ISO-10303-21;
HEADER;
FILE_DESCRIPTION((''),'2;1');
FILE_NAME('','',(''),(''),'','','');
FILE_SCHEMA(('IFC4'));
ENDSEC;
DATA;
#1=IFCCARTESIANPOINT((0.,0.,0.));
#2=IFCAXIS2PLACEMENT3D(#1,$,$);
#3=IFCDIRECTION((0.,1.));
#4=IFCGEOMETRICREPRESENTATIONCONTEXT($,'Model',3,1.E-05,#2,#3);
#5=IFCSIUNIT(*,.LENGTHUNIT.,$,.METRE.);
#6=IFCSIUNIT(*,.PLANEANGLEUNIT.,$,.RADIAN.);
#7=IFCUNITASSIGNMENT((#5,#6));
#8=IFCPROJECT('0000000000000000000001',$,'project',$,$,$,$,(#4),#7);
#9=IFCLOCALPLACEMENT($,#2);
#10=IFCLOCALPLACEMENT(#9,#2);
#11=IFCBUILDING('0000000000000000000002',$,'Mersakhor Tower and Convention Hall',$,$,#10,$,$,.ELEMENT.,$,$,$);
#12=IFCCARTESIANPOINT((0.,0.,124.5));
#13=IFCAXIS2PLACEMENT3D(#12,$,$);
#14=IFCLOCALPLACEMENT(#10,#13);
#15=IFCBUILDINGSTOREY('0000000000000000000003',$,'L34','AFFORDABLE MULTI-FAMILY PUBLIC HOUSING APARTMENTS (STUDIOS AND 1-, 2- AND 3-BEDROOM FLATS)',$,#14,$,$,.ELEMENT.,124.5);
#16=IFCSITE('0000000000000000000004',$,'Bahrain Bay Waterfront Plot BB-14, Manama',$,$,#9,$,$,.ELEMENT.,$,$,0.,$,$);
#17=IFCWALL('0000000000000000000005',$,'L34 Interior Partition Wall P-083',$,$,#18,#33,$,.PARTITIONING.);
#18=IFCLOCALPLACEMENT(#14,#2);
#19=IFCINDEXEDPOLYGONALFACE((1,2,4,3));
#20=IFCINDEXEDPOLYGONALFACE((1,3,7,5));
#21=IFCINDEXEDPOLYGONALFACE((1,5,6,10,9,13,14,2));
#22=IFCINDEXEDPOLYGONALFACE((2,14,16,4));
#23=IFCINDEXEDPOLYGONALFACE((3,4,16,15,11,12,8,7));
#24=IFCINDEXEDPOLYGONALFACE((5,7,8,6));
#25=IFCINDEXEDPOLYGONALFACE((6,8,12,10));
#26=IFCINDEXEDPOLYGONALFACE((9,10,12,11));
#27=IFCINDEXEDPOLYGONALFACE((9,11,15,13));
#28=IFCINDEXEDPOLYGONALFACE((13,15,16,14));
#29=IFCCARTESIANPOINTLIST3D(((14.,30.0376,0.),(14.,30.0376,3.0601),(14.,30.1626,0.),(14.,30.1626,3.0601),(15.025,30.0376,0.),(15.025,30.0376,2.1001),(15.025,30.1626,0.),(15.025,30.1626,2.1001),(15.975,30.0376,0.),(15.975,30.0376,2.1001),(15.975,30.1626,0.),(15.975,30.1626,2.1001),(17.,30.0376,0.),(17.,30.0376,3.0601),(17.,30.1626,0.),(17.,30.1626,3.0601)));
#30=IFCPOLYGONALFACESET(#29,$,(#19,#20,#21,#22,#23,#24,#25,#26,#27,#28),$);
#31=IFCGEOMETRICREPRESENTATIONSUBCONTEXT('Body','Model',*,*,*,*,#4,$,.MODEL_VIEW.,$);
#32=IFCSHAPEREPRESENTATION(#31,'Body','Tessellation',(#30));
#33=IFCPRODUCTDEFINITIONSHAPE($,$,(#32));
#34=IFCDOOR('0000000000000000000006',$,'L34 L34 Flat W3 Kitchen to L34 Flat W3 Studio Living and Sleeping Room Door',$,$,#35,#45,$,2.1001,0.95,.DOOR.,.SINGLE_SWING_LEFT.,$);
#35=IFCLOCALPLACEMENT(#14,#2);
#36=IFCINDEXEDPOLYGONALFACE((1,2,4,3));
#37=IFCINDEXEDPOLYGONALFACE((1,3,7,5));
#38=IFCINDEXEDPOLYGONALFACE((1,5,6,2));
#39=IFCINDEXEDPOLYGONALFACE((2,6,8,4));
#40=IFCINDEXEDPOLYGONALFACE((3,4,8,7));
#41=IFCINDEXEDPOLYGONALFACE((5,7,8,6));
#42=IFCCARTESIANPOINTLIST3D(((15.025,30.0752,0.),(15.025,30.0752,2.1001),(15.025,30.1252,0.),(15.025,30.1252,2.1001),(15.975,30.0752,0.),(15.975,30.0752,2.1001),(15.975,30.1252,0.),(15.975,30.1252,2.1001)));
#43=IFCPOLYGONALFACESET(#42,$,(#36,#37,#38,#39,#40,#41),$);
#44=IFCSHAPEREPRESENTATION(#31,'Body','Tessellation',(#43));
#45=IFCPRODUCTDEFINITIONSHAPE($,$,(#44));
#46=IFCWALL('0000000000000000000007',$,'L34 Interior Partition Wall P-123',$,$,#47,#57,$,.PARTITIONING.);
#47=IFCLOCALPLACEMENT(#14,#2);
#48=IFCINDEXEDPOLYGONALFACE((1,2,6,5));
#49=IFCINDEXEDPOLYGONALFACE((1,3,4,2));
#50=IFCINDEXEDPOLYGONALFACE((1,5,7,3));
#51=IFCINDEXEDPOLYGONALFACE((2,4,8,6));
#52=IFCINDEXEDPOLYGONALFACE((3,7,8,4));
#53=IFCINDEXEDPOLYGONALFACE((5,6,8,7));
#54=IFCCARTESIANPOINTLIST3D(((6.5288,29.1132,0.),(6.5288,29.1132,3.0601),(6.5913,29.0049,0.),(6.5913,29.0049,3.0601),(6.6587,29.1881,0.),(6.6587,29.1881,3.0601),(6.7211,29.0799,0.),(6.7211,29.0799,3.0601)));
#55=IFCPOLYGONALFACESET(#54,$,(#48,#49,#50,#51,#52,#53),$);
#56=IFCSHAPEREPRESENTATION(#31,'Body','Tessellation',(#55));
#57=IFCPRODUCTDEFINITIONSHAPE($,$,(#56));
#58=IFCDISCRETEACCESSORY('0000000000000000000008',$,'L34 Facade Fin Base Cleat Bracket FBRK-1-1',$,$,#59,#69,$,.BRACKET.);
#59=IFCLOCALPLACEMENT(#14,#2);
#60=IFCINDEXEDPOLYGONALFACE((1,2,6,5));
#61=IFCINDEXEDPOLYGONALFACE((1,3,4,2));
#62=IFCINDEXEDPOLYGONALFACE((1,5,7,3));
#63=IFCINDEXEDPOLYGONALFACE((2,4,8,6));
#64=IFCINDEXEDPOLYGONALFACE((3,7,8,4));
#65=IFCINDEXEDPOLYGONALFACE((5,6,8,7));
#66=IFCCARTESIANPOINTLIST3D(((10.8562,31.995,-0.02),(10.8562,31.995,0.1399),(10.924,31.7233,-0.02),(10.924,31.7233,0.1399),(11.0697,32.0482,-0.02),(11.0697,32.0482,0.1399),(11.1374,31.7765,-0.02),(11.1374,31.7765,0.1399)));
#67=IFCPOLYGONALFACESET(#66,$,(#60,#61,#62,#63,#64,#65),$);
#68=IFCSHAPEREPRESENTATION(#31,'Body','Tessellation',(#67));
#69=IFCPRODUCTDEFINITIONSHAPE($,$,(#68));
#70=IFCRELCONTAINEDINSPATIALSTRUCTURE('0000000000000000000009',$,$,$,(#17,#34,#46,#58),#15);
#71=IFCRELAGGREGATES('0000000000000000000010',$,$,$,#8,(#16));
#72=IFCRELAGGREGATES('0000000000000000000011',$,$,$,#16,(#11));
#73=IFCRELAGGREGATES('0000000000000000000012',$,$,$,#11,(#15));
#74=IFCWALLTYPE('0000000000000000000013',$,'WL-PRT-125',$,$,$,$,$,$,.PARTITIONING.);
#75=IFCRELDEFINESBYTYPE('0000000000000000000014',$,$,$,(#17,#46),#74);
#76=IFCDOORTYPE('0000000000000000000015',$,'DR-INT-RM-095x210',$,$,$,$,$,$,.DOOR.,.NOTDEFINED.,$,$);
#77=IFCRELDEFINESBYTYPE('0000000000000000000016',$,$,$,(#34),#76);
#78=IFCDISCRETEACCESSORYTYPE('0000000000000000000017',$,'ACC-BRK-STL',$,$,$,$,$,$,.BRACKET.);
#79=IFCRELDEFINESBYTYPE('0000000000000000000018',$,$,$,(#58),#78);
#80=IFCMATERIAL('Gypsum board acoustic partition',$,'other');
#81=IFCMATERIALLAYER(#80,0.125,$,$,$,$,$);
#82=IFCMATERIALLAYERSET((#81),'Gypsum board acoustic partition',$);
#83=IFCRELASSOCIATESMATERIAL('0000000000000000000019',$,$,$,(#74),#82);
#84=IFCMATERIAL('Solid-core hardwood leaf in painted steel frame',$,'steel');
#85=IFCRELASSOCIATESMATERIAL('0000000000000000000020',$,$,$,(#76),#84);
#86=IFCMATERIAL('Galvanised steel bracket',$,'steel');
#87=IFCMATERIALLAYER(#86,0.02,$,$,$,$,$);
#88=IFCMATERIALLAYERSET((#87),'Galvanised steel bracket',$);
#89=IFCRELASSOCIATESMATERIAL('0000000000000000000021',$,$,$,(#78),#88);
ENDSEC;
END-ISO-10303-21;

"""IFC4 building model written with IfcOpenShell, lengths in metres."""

from ifc_helpers import new_model, si_unit, direction, frame, frame_2d, origin, origin_2d, place, context, subcontext, project, spatial, rectangle, extrude, material, layer, layer_set, type_object, element, fill, save


model = new_model("IFC4")

# Units and contexts
model_context = context("Model", 3, precision=1e-05, world=origin(), true_north=direction((0.0, 1.0)))
body_context = subcontext(model_context, "Body", "Model", "MODEL_VIEW")
ifc_project = project(units=[si_unit("LENGTHUNIT", "METRE"), si_unit("PLANEANGLEUNIT", "RADIAN")], contexts=[model_context])

# Site, building, storey
site_placement = place(None, origin())
site = spatial("IfcSite", under=ifc_project, at=site_placement, Name="Bahrain Bay Waterfront Plot BB-14, Manama", CompositionType="ELEMENT", RefElevation=0.0)
building_placement = place(site_placement, origin())
building = spatial("IfcBuilding", under=site, at=building_placement, Name="Mersakhor Tower and Convention Hall", CompositionType="ELEMENT")
storey_placement = place(building_placement, frame((0.0, 0.0, 124.5)))
storey = spatial("IfcBuildingStorey", under=building, at=storey_placement, Name="L34", Description="AFFORDABLE MULTI-FAMILY PUBLIC HOUSING APARTMENTS (STUDIOS AND 1-, 2- AND 3-BEDROOM FLATS)", CompositionType="ELEMENT", Elevation=124.5)

# Wall, opening, door
ifc_material_1 = material(Name="Gypsum board acoustic partition", Category="other")
ifc_layer_1 = layer(ifc_material_1, 0.125)
ifc_layer_set_1 = layer_set([ifc_layer_1], Name="Gypsum board acoustic partition")
wall_type_1 = type_object("IfcWallType", Name="WL-PRT-125", PredefinedType="PARTITIONING", material=ifc_layer_set_1)
wall_1_placement = place(storey_placement, frame((17.0, 30.1001, 0.0), z_axis=(0.0, 0.0, 1.0), x_axis=(-1.0, 0.0, 0.0)))
wall_1 = element("IfcWall", 1, at=wall_1_placement, inside=storey, type_object=wall_type_1, Name="L34 Interior Partition Wall P-083", PredefinedType="PARTITIONING", context=body_context, shape_type="SweptSolid", body=[
    extrude(rectangle(XDim=3.0, YDim=0.125, at=frame_2d((1.5, 0.0))), origin(), (0.0, 0.0, 1.0), 3.0601),
])
opening_1_placement = place(wall_1_placement, frame((1.0249, 0.0, 0.0)))
opening_1 = element("IfcOpeningElement", 2, at=opening_1_placement, cuts=wall_1, PredefinedType="OPENING", context=body_context, shape_type="SweptSolid", body=[
    extrude(rectangle(XDim=0.95, YDim=2.1001, at=frame_2d((0.4751, 1.05))), frame((0.0, 0.0725, 0.0), z_axis=(0.0, -1.0, 0.0), x_axis=(1.0, 0.0, 0.0)), (0.0, 0.0, 1.0), 0.145),
])
ifc_material_2 = material(Name="Solid-core hardwood leaf in painted steel frame", Category="steel")
door_type_1 = type_object("IfcDoorType", Name="DR-INT-RM-095x210", OperationType="NOTDEFINED", PredefinedType="DOOR", material=ifc_material_2)
door_1_placement = place(opening_1_placement, origin())
door_1 = element("IfcDoor", 3, at=door_1_placement, inside=storey, type_object=door_type_1, Name="L34 L34 Flat W3 Kitchen to L34 Flat W3 Studio Living and Sleeping Room Door", OperationType="SINGLE_SWING_LEFT", OverallHeight=2.1001, OverallWidth=0.95, PredefinedType="DOOR", context=body_context, shape_type="SweptSolid", body=[
    extrude(rectangle(XDim=0.95, YDim=2.1001, at=frame_2d((0.4751, 1.05))), frame((0.0, 0.0249, 0.0), z_axis=(0.0, -1.0, 0.0), x_axis=(1.0, 0.0, 0.0)), (0.0, 0.0, 1.0), 0.05),
])
fill(opening_1, door_1)

# Wall
wall_2_placement = place(storey_placement, frame((6.5601, 29.0591, 0.0), z_axis=(0.0, 0.0, 1.0), x_axis=(0.866131, 0.499816, 0.0)))
element("IfcWall", 4, at=wall_2_placement, inside=storey, type_object=wall_type_1, Name="L34 Interior Partition Wall P-123", PredefinedType="PARTITIONING", context=body_context, shape_type="SweptSolid", body=[
    extrude(rectangle(XDim=0.1499, YDim=0.125, at=frame_2d((0.075, 0.0))), origin(), (0.0, 0.0, 1.0), 3.0601),
])

# Discrete accessory
ifc_material_3 = material(Name="Galvanised steel bracket", Category="steel")
ifc_layer_2 = layer(ifc_material_3, 0.02)
ifc_layer_set_2 = layer_set([ifc_layer_2], Name="Galvanised steel bracket")
discrete_accessory_type = type_object("IfcDiscreteAccessoryType", Name="ACC-BRK-STL", PredefinedType="BRACKET", material=ifc_layer_set_2)
discrete_accessory_placement = place(storey_placement, frame((10.9968, 31.8857, -0.02), z_axis=(0.0, 0.0, 1.0), x_axis=(-0.241922, 0.970296, 0.0)))
element("IfcDiscreteAccessory", 5, at=discrete_accessory_placement, inside=storey, type_object=discrete_accessory_type, Name="L34 Facade Fin Base Cleat Bracket FBRK-1-1", PredefinedType="BRACKET", context=body_context, shape_type="SweptSolid", body=[
    extrude(rectangle(XDim=0.28, YDim=0.22, at=origin_2d()), origin(), (0.0, 0.0, 1.0), 0.1599),
])

save(model, "model.ifc")
